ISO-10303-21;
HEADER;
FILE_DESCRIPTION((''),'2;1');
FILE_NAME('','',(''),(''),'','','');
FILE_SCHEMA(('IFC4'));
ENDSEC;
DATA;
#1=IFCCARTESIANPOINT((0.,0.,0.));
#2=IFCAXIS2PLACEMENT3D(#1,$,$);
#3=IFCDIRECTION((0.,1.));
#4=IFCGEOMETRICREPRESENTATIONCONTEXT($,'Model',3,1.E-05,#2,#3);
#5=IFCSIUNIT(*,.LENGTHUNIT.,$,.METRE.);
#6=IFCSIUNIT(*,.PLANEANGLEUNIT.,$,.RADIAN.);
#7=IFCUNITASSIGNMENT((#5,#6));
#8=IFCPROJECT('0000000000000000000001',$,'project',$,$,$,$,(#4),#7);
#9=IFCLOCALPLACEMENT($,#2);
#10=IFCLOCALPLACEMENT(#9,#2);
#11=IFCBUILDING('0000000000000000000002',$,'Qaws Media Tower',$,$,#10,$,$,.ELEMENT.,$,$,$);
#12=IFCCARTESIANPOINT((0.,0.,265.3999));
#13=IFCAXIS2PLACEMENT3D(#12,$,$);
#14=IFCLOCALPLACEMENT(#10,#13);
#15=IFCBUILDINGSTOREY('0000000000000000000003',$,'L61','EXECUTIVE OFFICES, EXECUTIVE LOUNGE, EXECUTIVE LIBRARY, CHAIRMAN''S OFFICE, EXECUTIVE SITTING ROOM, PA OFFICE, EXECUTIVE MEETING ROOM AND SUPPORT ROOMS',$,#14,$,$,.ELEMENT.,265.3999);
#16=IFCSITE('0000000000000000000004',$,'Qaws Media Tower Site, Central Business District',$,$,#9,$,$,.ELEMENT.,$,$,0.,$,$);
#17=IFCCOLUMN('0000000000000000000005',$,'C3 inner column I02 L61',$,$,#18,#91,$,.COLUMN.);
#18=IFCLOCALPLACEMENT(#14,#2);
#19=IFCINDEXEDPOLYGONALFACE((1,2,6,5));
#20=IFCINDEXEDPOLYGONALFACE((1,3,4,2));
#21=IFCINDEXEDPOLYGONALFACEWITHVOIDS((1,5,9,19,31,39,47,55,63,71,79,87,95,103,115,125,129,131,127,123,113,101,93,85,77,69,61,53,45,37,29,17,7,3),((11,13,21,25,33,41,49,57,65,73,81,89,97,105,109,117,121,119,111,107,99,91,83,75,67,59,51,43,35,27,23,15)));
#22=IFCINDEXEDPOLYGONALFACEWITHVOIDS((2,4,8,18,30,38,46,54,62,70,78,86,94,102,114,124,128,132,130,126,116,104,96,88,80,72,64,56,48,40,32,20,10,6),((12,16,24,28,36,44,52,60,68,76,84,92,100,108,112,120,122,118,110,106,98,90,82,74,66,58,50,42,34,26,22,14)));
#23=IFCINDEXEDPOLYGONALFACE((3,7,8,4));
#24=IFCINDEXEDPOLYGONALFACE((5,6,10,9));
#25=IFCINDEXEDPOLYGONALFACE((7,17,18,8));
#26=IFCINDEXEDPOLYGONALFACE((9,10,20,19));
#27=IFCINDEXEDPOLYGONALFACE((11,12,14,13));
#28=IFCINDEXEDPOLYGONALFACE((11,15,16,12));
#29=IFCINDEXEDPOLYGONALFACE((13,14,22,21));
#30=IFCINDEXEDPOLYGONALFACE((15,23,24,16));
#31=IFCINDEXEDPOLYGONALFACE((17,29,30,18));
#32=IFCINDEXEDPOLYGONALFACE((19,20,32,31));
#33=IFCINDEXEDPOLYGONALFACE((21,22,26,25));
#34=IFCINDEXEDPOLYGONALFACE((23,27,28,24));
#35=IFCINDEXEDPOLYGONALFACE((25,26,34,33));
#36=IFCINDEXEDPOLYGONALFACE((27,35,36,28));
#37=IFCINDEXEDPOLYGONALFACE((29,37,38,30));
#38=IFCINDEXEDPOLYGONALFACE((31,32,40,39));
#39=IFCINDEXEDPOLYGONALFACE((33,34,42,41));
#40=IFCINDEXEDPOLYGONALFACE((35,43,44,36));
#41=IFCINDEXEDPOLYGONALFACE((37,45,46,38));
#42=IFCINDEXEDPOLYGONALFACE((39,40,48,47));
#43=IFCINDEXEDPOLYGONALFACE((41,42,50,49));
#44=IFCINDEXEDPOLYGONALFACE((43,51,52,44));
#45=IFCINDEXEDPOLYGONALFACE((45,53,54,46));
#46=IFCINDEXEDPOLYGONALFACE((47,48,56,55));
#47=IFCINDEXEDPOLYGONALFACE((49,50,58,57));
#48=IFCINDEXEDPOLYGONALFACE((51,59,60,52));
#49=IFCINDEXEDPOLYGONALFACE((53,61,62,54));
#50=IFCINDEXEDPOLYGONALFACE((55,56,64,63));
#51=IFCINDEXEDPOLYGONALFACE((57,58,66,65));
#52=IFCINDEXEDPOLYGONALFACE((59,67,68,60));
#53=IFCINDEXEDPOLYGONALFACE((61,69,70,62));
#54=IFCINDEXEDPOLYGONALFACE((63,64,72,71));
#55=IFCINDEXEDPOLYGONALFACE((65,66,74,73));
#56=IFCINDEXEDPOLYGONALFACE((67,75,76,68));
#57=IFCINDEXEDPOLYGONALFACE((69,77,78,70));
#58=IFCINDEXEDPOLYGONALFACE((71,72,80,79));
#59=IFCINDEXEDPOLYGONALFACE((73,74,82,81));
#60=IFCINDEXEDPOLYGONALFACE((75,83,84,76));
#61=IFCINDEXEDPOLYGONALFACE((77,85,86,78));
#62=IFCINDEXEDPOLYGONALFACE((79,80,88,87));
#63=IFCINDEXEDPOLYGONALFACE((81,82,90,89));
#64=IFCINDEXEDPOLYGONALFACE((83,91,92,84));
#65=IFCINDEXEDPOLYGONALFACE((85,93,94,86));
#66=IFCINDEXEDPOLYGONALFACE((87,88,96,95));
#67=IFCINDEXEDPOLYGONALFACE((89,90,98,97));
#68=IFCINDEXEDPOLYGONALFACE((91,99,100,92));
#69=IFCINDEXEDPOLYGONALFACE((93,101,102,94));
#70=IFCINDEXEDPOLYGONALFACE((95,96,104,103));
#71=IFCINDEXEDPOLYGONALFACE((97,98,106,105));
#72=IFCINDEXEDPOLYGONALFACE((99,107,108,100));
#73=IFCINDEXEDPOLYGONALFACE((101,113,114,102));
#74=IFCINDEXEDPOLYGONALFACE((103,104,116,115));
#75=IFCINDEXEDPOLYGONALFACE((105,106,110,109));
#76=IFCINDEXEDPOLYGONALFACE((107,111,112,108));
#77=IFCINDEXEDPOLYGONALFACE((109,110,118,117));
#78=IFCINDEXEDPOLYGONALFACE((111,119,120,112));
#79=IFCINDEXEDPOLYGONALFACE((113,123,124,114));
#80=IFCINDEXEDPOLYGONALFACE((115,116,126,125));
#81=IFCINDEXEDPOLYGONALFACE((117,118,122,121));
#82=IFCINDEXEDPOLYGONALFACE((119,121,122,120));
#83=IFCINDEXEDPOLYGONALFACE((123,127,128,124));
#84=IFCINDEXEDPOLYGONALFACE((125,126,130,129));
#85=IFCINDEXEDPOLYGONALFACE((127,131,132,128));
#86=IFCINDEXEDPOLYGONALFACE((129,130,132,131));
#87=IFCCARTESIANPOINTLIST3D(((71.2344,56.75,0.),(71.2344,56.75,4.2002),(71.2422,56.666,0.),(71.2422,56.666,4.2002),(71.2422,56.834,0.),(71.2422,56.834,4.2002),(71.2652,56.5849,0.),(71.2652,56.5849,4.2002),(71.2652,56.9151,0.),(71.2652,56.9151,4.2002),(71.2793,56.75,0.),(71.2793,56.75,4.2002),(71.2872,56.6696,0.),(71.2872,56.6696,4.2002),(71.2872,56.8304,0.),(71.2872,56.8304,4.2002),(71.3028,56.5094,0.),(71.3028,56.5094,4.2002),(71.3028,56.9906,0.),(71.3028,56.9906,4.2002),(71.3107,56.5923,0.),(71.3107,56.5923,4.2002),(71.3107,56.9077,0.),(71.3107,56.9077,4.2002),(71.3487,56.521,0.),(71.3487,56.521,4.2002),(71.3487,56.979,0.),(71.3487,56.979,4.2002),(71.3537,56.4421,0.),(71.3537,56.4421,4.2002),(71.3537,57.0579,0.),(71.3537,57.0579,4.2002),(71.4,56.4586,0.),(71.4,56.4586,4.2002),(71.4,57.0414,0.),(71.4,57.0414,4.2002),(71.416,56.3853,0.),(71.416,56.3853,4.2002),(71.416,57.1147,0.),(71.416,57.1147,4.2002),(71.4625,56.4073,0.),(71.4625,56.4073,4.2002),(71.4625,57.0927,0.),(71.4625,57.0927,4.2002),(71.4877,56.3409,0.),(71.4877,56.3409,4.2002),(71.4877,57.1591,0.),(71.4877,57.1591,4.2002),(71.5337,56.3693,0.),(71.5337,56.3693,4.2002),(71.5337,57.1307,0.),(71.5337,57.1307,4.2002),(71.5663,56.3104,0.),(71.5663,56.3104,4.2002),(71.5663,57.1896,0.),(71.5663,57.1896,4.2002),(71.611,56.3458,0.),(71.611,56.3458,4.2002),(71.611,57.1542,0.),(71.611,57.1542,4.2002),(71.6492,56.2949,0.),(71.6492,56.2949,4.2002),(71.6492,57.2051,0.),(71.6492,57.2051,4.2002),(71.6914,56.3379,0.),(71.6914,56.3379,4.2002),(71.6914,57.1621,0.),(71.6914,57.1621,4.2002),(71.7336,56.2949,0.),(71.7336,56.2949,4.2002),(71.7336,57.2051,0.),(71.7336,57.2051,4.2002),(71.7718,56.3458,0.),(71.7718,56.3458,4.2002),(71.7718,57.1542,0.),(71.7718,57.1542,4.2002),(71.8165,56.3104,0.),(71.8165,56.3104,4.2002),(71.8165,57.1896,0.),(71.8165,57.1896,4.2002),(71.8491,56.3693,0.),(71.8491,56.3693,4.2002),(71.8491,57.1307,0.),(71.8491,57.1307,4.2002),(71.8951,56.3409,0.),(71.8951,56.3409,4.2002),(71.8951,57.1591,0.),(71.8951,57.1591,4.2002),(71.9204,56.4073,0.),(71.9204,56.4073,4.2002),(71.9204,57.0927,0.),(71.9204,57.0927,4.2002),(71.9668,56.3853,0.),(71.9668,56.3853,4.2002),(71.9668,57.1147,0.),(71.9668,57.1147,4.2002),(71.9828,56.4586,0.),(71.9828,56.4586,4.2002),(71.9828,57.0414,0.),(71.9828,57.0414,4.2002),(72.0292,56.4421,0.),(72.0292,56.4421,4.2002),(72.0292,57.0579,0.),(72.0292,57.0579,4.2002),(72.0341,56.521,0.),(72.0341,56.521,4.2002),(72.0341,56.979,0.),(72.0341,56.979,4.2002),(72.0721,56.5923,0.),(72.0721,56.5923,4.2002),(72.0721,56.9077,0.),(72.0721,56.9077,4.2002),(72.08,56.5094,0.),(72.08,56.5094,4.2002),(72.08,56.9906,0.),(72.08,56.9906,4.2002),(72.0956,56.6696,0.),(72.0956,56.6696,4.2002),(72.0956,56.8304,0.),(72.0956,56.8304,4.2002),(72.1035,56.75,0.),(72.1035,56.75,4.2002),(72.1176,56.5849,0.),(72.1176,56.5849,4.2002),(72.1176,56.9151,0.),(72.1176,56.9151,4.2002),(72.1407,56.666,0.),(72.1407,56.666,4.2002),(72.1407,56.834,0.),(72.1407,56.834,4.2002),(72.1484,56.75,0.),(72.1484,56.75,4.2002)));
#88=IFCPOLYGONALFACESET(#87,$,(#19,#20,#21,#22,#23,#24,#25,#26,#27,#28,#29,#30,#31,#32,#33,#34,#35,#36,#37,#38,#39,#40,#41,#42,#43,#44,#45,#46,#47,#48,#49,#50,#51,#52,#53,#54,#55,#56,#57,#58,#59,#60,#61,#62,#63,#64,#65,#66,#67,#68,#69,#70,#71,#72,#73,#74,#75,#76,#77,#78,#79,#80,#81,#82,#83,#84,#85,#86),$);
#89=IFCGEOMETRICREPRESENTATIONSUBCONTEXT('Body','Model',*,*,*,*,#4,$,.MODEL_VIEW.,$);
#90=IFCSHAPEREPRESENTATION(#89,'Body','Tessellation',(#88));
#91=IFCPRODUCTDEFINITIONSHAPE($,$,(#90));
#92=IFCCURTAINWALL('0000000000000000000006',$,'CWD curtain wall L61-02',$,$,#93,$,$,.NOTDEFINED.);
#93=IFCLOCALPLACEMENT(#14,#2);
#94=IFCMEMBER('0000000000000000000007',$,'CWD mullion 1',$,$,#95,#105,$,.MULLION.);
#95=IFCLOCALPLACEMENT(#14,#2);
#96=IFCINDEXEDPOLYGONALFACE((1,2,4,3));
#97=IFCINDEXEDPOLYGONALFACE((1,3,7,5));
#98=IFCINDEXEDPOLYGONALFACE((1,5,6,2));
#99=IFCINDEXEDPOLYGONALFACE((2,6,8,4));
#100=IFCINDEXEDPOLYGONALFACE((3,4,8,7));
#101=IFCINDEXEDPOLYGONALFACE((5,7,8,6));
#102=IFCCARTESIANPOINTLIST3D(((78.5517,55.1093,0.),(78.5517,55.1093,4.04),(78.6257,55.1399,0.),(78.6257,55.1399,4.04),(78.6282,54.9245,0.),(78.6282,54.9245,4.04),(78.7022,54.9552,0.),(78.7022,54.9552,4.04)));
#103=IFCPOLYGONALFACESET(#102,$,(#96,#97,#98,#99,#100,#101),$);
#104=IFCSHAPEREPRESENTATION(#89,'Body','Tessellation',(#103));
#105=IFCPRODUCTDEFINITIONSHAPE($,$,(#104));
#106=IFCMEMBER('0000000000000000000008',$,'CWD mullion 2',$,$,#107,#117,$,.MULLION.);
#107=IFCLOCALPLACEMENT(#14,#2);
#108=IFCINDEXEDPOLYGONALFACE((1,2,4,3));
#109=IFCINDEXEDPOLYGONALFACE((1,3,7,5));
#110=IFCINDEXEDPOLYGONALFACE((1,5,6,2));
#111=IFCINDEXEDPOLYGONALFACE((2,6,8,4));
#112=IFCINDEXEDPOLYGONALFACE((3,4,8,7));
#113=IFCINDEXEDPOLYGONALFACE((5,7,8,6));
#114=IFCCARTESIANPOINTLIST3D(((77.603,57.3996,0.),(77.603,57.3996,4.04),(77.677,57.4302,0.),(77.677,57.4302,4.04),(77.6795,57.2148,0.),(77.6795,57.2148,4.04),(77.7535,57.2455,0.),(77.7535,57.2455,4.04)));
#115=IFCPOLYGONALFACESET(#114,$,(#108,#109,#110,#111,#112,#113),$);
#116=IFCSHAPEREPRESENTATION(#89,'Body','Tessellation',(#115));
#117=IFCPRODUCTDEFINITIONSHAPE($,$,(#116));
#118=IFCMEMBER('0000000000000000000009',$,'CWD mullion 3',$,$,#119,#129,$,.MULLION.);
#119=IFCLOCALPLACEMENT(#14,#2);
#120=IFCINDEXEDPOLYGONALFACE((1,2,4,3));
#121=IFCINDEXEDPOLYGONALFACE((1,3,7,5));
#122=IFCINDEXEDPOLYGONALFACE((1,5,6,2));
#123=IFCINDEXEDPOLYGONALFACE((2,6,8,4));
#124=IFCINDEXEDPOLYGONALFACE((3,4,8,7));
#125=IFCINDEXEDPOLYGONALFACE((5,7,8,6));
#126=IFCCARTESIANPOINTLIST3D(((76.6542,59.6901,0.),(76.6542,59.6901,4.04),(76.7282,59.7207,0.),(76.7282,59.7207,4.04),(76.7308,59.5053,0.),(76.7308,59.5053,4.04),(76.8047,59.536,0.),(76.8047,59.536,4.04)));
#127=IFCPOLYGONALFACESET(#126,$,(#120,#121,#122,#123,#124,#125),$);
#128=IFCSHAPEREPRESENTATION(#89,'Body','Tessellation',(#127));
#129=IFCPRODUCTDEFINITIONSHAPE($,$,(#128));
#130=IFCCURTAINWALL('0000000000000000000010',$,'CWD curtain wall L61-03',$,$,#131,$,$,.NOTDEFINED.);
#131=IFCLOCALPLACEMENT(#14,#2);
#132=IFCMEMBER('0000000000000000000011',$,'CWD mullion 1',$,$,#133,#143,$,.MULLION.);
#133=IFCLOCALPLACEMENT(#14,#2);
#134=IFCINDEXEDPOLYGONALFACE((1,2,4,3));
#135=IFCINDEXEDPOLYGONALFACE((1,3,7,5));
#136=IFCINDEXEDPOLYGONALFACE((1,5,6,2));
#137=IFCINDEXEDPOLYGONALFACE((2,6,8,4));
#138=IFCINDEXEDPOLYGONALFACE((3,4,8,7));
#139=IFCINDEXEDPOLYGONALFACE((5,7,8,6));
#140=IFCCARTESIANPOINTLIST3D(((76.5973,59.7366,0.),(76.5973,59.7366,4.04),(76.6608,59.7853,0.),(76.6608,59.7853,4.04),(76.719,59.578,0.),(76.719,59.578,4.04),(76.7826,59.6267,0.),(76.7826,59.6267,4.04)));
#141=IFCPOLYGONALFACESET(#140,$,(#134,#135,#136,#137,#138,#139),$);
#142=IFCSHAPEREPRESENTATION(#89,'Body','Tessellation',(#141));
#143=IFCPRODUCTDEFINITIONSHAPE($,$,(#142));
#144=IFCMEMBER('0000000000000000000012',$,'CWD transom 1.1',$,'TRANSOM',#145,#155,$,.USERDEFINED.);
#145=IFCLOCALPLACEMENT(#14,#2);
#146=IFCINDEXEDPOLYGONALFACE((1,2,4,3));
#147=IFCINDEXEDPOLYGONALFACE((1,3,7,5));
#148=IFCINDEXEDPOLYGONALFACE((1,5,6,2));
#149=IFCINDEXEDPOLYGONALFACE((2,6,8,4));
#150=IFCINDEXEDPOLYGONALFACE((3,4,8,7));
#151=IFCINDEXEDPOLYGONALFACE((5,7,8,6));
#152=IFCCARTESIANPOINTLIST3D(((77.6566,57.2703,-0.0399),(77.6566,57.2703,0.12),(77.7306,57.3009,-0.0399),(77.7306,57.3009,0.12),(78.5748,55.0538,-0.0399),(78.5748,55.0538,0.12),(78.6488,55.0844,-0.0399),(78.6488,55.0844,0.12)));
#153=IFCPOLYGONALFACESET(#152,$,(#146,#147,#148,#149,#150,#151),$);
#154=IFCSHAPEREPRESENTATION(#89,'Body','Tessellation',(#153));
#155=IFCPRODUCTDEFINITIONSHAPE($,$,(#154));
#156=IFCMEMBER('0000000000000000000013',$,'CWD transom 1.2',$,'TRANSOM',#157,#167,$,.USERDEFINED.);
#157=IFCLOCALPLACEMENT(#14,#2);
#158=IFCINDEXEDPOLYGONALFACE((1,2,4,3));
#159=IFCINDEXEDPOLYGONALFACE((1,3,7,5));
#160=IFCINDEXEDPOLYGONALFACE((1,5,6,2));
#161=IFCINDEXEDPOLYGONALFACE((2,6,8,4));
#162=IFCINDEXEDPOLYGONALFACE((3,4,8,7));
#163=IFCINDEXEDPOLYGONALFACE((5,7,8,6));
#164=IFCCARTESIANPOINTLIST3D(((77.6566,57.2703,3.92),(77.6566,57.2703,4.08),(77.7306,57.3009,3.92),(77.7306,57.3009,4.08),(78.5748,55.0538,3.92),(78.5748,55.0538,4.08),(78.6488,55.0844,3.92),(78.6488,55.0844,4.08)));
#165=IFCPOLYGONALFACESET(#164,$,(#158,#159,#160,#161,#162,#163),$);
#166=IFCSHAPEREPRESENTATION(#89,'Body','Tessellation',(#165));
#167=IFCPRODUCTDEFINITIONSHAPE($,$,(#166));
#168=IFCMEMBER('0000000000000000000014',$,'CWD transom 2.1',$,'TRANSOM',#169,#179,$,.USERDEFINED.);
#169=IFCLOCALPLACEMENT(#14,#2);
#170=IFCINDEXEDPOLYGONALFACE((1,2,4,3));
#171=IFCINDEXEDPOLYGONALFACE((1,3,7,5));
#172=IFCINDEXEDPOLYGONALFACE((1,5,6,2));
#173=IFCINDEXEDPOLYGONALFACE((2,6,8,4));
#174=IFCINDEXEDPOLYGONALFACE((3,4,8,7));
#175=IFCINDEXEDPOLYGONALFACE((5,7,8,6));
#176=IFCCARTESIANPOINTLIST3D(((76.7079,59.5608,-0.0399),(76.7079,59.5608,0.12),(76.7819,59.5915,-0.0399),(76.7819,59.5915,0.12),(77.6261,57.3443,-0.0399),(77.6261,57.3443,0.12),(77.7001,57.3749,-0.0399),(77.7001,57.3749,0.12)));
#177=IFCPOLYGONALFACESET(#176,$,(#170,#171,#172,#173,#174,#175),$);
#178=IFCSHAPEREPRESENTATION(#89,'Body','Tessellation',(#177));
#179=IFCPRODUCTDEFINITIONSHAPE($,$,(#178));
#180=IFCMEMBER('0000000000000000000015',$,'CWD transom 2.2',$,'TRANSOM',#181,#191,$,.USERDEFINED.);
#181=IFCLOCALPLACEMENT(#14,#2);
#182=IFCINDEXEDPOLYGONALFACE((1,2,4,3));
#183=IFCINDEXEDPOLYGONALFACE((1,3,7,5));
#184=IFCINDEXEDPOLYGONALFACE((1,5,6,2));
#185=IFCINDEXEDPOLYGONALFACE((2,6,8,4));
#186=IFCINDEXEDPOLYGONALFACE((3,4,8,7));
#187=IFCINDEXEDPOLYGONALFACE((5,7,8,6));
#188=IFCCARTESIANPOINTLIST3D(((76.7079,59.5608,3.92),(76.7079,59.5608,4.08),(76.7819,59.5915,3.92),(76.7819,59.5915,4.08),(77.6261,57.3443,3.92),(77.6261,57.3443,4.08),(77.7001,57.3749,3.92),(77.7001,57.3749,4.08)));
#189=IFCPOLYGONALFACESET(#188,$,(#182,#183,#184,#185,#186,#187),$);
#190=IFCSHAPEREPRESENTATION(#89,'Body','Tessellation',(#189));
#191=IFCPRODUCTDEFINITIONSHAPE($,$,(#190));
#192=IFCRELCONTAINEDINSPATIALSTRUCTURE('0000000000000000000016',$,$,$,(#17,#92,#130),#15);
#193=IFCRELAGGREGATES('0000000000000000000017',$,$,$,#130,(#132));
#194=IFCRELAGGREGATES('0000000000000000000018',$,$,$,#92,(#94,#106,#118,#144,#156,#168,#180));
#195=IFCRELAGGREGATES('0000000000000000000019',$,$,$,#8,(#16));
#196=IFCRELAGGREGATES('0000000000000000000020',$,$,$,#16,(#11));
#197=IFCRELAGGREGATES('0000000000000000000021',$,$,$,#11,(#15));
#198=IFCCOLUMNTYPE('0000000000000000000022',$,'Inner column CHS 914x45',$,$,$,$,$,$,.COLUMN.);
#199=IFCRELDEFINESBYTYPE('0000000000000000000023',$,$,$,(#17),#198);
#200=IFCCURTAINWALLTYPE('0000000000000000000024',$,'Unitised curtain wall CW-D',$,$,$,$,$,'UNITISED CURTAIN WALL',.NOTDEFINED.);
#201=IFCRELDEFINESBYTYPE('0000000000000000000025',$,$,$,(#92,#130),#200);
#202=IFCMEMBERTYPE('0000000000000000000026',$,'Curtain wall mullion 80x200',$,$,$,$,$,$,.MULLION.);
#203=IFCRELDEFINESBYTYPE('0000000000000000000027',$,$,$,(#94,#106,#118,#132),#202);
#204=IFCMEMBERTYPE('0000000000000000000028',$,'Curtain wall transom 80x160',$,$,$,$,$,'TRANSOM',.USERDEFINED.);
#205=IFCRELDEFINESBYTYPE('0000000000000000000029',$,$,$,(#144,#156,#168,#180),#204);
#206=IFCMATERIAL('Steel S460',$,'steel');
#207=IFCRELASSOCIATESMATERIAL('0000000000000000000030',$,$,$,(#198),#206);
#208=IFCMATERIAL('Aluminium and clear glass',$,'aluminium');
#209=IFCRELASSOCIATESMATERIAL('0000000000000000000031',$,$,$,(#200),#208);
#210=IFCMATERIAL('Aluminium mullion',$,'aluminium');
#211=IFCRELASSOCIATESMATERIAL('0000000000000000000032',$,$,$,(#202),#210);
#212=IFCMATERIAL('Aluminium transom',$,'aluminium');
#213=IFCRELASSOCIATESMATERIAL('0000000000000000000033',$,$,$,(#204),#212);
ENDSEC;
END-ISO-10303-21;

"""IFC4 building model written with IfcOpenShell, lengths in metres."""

from ifc_helpers import new_model, si_unit, direction, frame, origin, origin_2d, place, context, subcontext, project, spatial, rectangle, hollow_circle, extrude, material, material_profile, profile_set, type_object, element, aggregate, save


model = new_model("IFC4")

# Units and contexts
model_context = context("Model", 3, precision=1e-05, world=origin(), true_north=direction((0.0, 1.0)))
body_context = subcontext(model_context, "Body", "Model", "MODEL_VIEW")
ifc_project = project(units=[si_unit("LENGTHUNIT", "METRE"), si_unit("PLANEANGLEUNIT", "RADIAN")], contexts=[model_context])

# Site, building, storey
site_placement = place(None, origin())
site = spatial("IfcSite", under=ifc_project, at=site_placement, Name="Qaws Media Tower Site, Central Business District", CompositionType="ELEMENT", RefElevation=0.0)
building_placement = place(site_placement, origin())
building = spatial("IfcBuilding", under=site, at=building_placement, Name="Qaws Media Tower", CompositionType="ELEMENT")
storey_placement = place(building_placement, frame((0.0, 0.0, 265.3999)))
storey = spatial("IfcBuildingStorey", under=building, at=storey_placement, Name="L61", Description="EXECUTIVE OFFICES, EXECUTIVE LOUNGE, EXECUTIVE LIBRARY, CHAIRMAN'S OFFICE, EXECUTIVE SITTING ROOM, PA OFFICE, EXECUTIVE MEETING ROOM AND SUPPORT ROOMS", CompositionType="ELEMENT", Elevation=265.3999)

# Column
ifc_material_1 = material(Name="Steel S460", Category="steel")
ifc_material_profile_1 = material_profile(ifc_material_1, hollow_circle(Radius=0.457, WallThickness=0.0449, at=origin_2d()), Name="CHS 914x45")
ifc_profile_set_1 = profile_set([ifc_material_profile_1], Name="Steel S460")
column_type = type_object("IfcColumnType", Name="Inner column CHS 914x45", PredefinedType="COLUMN", material=ifc_profile_set_1)
column_placement = place(storey_placement, frame((71.6914, 56.75, 0.0), z_axis=(0.0, 0.0, 1.0), x_axis=(1.0, 0.0, 0.0)))
element("IfcColumn", 1, at=column_placement, inside=storey, type_object=column_type, Name="C3 inner column I02 L61", PredefinedType="COLUMN", context=body_context, shape_type="SweptSolid", body=[
    extrude(hollow_circle(Radius=0.457, WallThickness=0.0449, at=origin_2d()), origin(), (0.0, 0.0, 1.0), 4.2002),
])

# Curtain wall, members
ifc_material_2 = material(Name="Aluminium and clear glass", Category="aluminium")
curtain_wall_type = type_object("IfcCurtainWallType", Name="Unitised curtain wall CW-D", ElementType="UNITISED CURTAIN WALL", PredefinedType="NOTDEFINED", material=ifc_material_2)
curtain_wall_1_placement = place(storey_placement, origin())
curtain_wall_1 = element("IfcCurtainWall", 2, at=curtain_wall_1_placement, inside=storey, type_object=curtain_wall_type, Name="CWD curtain wall L61-02", PredefinedType="NOTDEFINED")
ifc_material_3 = material(Name="Aluminium mullion", Category="aluminium")
ifc_material_profile_2 = material_profile(ifc_material_3, rectangle(XDim=0.0801, YDim=0.2, at=origin_2d()), Name="80x200")
ifc_profile_set_2 = profile_set([ifc_material_profile_2], Name="Aluminium mullion")
member_type_1 = type_object("IfcMemberType", Name="Curtain wall mullion 80x200", PredefinedType="MULLION", material=ifc_profile_set_2)
member_1_placement = place(storey_placement, frame((78.627, 55.0322, 0.0), z_axis=(0.0, 0.0, 1.0), x_axis=(-0.92388, -0.382683, 0.0)))
member_1 = element("IfcMember", 3, at=member_1_placement, type_object=member_type_1, Name="CWD mullion 1", PredefinedType="MULLION", context=body_context, shape_type="SweptSolid", body=[
    extrude(rectangle(XDim=0.0801, YDim=0.2, at=origin_2d()), origin(), (0.0, 0.0, 1.0), 4.04),
])
member_2_placement = place(storey_placement, frame((77.6782, 57.3225, 0.0), z_axis=(0.0, 0.0, 1.0), x_axis=(-0.92388, -0.382683, 0.0)))
member_2 = element("IfcMember", 4, at=member_2_placement, type_object=member_type_1, Name="CWD mullion 2", PredefinedType="MULLION", context=body_context, shape_type="SweptSolid", body=[
    extrude(rectangle(XDim=0.0801, YDim=0.2, at=origin_2d()), origin(), (0.0, 0.0, 1.0), 4.04),
])
member_3_placement = place(storey_placement, frame((76.7295, 59.613, 0.0), z_axis=(0.0, 0.0, 1.0), x_axis=(-0.92388, -0.382683, 0.0)))
member_3 = element("IfcMember", 5, at=member_3_placement, type_object=member_type_1, Name="CWD mullion 3", PredefinedType="MULLION", context=body_context, shape_type="SweptSolid", body=[
    extrude(rectangle(XDim=0.0801, YDim=0.2, at=origin_2d()), origin(), (0.0, 0.0, 1.0), 4.04),
])

# Curtain wall, member
curtain_wall_2_placement = place(storey_placement, origin())
curtain_wall_2 = element("IfcCurtainWall", 6, at=curtain_wall_2_placement, inside=storey, type_object=curtain_wall_type, Name="CWD curtain wall L61-03", PredefinedType="NOTDEFINED")
member_4_placement = place(storey_placement, frame((76.6899, 59.6816, 0.0), z_axis=(0.0, 0.0, 1.0), x_axis=(-0.793353, -0.608761, 0.0)))
member_4 = element("IfcMember", 7, at=member_4_placement, type_object=member_type_1, Name="CWD mullion 1", PredefinedType="MULLION", context=body_context, shape_type="SweptSolid", body=[
    extrude(rectangle(XDim=0.0801, YDim=0.2, at=origin_2d()), origin(), (0.0, 0.0, 1.0), 4.04),
])
aggregate(curtain_wall_2, [member_4])

# Members
ifc_material_4 = material(Name="Aluminium transom", Category="aluminium")
ifc_material_profile_3 = material_profile(ifc_material_4, rectangle(XDim=0.0801, YDim=0.1599, at=origin_2d()), Name="80x160")
ifc_profile_set_3 = profile_set([ifc_material_profile_3], Name="Aluminium transom")
member_type_2 = type_object("IfcMemberType", Name="Curtain wall transom 80x160", ElementType="TRANSOM", PredefinedType="USERDEFINED", material=ifc_profile_set_3)
member_5_placement = place(storey_placement, frame((78.6118, 55.0691, 0.04), z_axis=(-0.382714, 0.923867, 0.0), x_axis=(-0.923867, -0.382714, 0.0)))
member_5 = element("IfcMember", 8, at=member_5_placement, type_object=member_type_2, Name="CWD transom 1.1", ObjectType="TRANSOM", PredefinedType="USERDEFINED", context=body_context, shape_type="SweptSolid", body=[
    extrude(rectangle(XDim=0.0801, YDim=0.1599, at=origin_2d()), origin(), (0.0, 0.0, 1.0), 2.3992),
])
member_6_placement = place(storey_placement, frame((78.6118, 55.0691, 4.0), z_axis=(-0.382714, 0.923867, 0.0), x_axis=(-0.923867, -0.382714, 0.0)))
member_6 = element("IfcMember", 9, at=member_6_placement, type_object=member_type_2, Name="CWD transom 1.2", ObjectType="TRANSOM", PredefinedType="USERDEFINED", context=body_context, shape_type="SweptSolid", body=[
    extrude(rectangle(XDim=0.0801, YDim=0.1599, at=origin_2d()), origin(), (0.0, 0.0, 1.0), 2.3992),
])
member_7_placement = place(storey_placement, frame((77.6631, 57.3596, 0.04), z_axis=(-0.382714, 0.923867, 0.0), x_axis=(-0.923867, -0.382714, 0.0)))
member_7 = element("IfcMember", 10, at=member_7_placement, type_object=member_type_2, Name="CWD transom 2.1", ObjectType="TRANSOM", PredefinedType="USERDEFINED", context=body_context, shape_type="SweptSolid", body=[
    extrude(rectangle(XDim=0.0801, YDim=0.1599, at=origin_2d()), origin(), (0.0, 0.0, 1.0), 2.3992),
])
member_8_placement = place(storey_placement, frame((77.6631, 57.3596, 4.0), z_axis=(-0.382714, 0.923867, 0.0), x_axis=(-0.923867, -0.382714, 0.0)))
member_8 = element("IfcMember", 11, at=member_8_placement, type_object=member_type_2, Name="CWD transom 2.2", ObjectType="TRANSOM", PredefinedType="USERDEFINED", context=body_context, shape_type="SweptSolid", body=[
    extrude(rectangle(XDim=0.0801, YDim=0.1599, at=origin_2d()), origin(), (0.0, 0.0, 1.0), 2.3992),
])

aggregate(curtain_wall_1, [member_1, member_2, member_3, member_5, member_6, member_7, member_8])

save(model, "model.ifc")
